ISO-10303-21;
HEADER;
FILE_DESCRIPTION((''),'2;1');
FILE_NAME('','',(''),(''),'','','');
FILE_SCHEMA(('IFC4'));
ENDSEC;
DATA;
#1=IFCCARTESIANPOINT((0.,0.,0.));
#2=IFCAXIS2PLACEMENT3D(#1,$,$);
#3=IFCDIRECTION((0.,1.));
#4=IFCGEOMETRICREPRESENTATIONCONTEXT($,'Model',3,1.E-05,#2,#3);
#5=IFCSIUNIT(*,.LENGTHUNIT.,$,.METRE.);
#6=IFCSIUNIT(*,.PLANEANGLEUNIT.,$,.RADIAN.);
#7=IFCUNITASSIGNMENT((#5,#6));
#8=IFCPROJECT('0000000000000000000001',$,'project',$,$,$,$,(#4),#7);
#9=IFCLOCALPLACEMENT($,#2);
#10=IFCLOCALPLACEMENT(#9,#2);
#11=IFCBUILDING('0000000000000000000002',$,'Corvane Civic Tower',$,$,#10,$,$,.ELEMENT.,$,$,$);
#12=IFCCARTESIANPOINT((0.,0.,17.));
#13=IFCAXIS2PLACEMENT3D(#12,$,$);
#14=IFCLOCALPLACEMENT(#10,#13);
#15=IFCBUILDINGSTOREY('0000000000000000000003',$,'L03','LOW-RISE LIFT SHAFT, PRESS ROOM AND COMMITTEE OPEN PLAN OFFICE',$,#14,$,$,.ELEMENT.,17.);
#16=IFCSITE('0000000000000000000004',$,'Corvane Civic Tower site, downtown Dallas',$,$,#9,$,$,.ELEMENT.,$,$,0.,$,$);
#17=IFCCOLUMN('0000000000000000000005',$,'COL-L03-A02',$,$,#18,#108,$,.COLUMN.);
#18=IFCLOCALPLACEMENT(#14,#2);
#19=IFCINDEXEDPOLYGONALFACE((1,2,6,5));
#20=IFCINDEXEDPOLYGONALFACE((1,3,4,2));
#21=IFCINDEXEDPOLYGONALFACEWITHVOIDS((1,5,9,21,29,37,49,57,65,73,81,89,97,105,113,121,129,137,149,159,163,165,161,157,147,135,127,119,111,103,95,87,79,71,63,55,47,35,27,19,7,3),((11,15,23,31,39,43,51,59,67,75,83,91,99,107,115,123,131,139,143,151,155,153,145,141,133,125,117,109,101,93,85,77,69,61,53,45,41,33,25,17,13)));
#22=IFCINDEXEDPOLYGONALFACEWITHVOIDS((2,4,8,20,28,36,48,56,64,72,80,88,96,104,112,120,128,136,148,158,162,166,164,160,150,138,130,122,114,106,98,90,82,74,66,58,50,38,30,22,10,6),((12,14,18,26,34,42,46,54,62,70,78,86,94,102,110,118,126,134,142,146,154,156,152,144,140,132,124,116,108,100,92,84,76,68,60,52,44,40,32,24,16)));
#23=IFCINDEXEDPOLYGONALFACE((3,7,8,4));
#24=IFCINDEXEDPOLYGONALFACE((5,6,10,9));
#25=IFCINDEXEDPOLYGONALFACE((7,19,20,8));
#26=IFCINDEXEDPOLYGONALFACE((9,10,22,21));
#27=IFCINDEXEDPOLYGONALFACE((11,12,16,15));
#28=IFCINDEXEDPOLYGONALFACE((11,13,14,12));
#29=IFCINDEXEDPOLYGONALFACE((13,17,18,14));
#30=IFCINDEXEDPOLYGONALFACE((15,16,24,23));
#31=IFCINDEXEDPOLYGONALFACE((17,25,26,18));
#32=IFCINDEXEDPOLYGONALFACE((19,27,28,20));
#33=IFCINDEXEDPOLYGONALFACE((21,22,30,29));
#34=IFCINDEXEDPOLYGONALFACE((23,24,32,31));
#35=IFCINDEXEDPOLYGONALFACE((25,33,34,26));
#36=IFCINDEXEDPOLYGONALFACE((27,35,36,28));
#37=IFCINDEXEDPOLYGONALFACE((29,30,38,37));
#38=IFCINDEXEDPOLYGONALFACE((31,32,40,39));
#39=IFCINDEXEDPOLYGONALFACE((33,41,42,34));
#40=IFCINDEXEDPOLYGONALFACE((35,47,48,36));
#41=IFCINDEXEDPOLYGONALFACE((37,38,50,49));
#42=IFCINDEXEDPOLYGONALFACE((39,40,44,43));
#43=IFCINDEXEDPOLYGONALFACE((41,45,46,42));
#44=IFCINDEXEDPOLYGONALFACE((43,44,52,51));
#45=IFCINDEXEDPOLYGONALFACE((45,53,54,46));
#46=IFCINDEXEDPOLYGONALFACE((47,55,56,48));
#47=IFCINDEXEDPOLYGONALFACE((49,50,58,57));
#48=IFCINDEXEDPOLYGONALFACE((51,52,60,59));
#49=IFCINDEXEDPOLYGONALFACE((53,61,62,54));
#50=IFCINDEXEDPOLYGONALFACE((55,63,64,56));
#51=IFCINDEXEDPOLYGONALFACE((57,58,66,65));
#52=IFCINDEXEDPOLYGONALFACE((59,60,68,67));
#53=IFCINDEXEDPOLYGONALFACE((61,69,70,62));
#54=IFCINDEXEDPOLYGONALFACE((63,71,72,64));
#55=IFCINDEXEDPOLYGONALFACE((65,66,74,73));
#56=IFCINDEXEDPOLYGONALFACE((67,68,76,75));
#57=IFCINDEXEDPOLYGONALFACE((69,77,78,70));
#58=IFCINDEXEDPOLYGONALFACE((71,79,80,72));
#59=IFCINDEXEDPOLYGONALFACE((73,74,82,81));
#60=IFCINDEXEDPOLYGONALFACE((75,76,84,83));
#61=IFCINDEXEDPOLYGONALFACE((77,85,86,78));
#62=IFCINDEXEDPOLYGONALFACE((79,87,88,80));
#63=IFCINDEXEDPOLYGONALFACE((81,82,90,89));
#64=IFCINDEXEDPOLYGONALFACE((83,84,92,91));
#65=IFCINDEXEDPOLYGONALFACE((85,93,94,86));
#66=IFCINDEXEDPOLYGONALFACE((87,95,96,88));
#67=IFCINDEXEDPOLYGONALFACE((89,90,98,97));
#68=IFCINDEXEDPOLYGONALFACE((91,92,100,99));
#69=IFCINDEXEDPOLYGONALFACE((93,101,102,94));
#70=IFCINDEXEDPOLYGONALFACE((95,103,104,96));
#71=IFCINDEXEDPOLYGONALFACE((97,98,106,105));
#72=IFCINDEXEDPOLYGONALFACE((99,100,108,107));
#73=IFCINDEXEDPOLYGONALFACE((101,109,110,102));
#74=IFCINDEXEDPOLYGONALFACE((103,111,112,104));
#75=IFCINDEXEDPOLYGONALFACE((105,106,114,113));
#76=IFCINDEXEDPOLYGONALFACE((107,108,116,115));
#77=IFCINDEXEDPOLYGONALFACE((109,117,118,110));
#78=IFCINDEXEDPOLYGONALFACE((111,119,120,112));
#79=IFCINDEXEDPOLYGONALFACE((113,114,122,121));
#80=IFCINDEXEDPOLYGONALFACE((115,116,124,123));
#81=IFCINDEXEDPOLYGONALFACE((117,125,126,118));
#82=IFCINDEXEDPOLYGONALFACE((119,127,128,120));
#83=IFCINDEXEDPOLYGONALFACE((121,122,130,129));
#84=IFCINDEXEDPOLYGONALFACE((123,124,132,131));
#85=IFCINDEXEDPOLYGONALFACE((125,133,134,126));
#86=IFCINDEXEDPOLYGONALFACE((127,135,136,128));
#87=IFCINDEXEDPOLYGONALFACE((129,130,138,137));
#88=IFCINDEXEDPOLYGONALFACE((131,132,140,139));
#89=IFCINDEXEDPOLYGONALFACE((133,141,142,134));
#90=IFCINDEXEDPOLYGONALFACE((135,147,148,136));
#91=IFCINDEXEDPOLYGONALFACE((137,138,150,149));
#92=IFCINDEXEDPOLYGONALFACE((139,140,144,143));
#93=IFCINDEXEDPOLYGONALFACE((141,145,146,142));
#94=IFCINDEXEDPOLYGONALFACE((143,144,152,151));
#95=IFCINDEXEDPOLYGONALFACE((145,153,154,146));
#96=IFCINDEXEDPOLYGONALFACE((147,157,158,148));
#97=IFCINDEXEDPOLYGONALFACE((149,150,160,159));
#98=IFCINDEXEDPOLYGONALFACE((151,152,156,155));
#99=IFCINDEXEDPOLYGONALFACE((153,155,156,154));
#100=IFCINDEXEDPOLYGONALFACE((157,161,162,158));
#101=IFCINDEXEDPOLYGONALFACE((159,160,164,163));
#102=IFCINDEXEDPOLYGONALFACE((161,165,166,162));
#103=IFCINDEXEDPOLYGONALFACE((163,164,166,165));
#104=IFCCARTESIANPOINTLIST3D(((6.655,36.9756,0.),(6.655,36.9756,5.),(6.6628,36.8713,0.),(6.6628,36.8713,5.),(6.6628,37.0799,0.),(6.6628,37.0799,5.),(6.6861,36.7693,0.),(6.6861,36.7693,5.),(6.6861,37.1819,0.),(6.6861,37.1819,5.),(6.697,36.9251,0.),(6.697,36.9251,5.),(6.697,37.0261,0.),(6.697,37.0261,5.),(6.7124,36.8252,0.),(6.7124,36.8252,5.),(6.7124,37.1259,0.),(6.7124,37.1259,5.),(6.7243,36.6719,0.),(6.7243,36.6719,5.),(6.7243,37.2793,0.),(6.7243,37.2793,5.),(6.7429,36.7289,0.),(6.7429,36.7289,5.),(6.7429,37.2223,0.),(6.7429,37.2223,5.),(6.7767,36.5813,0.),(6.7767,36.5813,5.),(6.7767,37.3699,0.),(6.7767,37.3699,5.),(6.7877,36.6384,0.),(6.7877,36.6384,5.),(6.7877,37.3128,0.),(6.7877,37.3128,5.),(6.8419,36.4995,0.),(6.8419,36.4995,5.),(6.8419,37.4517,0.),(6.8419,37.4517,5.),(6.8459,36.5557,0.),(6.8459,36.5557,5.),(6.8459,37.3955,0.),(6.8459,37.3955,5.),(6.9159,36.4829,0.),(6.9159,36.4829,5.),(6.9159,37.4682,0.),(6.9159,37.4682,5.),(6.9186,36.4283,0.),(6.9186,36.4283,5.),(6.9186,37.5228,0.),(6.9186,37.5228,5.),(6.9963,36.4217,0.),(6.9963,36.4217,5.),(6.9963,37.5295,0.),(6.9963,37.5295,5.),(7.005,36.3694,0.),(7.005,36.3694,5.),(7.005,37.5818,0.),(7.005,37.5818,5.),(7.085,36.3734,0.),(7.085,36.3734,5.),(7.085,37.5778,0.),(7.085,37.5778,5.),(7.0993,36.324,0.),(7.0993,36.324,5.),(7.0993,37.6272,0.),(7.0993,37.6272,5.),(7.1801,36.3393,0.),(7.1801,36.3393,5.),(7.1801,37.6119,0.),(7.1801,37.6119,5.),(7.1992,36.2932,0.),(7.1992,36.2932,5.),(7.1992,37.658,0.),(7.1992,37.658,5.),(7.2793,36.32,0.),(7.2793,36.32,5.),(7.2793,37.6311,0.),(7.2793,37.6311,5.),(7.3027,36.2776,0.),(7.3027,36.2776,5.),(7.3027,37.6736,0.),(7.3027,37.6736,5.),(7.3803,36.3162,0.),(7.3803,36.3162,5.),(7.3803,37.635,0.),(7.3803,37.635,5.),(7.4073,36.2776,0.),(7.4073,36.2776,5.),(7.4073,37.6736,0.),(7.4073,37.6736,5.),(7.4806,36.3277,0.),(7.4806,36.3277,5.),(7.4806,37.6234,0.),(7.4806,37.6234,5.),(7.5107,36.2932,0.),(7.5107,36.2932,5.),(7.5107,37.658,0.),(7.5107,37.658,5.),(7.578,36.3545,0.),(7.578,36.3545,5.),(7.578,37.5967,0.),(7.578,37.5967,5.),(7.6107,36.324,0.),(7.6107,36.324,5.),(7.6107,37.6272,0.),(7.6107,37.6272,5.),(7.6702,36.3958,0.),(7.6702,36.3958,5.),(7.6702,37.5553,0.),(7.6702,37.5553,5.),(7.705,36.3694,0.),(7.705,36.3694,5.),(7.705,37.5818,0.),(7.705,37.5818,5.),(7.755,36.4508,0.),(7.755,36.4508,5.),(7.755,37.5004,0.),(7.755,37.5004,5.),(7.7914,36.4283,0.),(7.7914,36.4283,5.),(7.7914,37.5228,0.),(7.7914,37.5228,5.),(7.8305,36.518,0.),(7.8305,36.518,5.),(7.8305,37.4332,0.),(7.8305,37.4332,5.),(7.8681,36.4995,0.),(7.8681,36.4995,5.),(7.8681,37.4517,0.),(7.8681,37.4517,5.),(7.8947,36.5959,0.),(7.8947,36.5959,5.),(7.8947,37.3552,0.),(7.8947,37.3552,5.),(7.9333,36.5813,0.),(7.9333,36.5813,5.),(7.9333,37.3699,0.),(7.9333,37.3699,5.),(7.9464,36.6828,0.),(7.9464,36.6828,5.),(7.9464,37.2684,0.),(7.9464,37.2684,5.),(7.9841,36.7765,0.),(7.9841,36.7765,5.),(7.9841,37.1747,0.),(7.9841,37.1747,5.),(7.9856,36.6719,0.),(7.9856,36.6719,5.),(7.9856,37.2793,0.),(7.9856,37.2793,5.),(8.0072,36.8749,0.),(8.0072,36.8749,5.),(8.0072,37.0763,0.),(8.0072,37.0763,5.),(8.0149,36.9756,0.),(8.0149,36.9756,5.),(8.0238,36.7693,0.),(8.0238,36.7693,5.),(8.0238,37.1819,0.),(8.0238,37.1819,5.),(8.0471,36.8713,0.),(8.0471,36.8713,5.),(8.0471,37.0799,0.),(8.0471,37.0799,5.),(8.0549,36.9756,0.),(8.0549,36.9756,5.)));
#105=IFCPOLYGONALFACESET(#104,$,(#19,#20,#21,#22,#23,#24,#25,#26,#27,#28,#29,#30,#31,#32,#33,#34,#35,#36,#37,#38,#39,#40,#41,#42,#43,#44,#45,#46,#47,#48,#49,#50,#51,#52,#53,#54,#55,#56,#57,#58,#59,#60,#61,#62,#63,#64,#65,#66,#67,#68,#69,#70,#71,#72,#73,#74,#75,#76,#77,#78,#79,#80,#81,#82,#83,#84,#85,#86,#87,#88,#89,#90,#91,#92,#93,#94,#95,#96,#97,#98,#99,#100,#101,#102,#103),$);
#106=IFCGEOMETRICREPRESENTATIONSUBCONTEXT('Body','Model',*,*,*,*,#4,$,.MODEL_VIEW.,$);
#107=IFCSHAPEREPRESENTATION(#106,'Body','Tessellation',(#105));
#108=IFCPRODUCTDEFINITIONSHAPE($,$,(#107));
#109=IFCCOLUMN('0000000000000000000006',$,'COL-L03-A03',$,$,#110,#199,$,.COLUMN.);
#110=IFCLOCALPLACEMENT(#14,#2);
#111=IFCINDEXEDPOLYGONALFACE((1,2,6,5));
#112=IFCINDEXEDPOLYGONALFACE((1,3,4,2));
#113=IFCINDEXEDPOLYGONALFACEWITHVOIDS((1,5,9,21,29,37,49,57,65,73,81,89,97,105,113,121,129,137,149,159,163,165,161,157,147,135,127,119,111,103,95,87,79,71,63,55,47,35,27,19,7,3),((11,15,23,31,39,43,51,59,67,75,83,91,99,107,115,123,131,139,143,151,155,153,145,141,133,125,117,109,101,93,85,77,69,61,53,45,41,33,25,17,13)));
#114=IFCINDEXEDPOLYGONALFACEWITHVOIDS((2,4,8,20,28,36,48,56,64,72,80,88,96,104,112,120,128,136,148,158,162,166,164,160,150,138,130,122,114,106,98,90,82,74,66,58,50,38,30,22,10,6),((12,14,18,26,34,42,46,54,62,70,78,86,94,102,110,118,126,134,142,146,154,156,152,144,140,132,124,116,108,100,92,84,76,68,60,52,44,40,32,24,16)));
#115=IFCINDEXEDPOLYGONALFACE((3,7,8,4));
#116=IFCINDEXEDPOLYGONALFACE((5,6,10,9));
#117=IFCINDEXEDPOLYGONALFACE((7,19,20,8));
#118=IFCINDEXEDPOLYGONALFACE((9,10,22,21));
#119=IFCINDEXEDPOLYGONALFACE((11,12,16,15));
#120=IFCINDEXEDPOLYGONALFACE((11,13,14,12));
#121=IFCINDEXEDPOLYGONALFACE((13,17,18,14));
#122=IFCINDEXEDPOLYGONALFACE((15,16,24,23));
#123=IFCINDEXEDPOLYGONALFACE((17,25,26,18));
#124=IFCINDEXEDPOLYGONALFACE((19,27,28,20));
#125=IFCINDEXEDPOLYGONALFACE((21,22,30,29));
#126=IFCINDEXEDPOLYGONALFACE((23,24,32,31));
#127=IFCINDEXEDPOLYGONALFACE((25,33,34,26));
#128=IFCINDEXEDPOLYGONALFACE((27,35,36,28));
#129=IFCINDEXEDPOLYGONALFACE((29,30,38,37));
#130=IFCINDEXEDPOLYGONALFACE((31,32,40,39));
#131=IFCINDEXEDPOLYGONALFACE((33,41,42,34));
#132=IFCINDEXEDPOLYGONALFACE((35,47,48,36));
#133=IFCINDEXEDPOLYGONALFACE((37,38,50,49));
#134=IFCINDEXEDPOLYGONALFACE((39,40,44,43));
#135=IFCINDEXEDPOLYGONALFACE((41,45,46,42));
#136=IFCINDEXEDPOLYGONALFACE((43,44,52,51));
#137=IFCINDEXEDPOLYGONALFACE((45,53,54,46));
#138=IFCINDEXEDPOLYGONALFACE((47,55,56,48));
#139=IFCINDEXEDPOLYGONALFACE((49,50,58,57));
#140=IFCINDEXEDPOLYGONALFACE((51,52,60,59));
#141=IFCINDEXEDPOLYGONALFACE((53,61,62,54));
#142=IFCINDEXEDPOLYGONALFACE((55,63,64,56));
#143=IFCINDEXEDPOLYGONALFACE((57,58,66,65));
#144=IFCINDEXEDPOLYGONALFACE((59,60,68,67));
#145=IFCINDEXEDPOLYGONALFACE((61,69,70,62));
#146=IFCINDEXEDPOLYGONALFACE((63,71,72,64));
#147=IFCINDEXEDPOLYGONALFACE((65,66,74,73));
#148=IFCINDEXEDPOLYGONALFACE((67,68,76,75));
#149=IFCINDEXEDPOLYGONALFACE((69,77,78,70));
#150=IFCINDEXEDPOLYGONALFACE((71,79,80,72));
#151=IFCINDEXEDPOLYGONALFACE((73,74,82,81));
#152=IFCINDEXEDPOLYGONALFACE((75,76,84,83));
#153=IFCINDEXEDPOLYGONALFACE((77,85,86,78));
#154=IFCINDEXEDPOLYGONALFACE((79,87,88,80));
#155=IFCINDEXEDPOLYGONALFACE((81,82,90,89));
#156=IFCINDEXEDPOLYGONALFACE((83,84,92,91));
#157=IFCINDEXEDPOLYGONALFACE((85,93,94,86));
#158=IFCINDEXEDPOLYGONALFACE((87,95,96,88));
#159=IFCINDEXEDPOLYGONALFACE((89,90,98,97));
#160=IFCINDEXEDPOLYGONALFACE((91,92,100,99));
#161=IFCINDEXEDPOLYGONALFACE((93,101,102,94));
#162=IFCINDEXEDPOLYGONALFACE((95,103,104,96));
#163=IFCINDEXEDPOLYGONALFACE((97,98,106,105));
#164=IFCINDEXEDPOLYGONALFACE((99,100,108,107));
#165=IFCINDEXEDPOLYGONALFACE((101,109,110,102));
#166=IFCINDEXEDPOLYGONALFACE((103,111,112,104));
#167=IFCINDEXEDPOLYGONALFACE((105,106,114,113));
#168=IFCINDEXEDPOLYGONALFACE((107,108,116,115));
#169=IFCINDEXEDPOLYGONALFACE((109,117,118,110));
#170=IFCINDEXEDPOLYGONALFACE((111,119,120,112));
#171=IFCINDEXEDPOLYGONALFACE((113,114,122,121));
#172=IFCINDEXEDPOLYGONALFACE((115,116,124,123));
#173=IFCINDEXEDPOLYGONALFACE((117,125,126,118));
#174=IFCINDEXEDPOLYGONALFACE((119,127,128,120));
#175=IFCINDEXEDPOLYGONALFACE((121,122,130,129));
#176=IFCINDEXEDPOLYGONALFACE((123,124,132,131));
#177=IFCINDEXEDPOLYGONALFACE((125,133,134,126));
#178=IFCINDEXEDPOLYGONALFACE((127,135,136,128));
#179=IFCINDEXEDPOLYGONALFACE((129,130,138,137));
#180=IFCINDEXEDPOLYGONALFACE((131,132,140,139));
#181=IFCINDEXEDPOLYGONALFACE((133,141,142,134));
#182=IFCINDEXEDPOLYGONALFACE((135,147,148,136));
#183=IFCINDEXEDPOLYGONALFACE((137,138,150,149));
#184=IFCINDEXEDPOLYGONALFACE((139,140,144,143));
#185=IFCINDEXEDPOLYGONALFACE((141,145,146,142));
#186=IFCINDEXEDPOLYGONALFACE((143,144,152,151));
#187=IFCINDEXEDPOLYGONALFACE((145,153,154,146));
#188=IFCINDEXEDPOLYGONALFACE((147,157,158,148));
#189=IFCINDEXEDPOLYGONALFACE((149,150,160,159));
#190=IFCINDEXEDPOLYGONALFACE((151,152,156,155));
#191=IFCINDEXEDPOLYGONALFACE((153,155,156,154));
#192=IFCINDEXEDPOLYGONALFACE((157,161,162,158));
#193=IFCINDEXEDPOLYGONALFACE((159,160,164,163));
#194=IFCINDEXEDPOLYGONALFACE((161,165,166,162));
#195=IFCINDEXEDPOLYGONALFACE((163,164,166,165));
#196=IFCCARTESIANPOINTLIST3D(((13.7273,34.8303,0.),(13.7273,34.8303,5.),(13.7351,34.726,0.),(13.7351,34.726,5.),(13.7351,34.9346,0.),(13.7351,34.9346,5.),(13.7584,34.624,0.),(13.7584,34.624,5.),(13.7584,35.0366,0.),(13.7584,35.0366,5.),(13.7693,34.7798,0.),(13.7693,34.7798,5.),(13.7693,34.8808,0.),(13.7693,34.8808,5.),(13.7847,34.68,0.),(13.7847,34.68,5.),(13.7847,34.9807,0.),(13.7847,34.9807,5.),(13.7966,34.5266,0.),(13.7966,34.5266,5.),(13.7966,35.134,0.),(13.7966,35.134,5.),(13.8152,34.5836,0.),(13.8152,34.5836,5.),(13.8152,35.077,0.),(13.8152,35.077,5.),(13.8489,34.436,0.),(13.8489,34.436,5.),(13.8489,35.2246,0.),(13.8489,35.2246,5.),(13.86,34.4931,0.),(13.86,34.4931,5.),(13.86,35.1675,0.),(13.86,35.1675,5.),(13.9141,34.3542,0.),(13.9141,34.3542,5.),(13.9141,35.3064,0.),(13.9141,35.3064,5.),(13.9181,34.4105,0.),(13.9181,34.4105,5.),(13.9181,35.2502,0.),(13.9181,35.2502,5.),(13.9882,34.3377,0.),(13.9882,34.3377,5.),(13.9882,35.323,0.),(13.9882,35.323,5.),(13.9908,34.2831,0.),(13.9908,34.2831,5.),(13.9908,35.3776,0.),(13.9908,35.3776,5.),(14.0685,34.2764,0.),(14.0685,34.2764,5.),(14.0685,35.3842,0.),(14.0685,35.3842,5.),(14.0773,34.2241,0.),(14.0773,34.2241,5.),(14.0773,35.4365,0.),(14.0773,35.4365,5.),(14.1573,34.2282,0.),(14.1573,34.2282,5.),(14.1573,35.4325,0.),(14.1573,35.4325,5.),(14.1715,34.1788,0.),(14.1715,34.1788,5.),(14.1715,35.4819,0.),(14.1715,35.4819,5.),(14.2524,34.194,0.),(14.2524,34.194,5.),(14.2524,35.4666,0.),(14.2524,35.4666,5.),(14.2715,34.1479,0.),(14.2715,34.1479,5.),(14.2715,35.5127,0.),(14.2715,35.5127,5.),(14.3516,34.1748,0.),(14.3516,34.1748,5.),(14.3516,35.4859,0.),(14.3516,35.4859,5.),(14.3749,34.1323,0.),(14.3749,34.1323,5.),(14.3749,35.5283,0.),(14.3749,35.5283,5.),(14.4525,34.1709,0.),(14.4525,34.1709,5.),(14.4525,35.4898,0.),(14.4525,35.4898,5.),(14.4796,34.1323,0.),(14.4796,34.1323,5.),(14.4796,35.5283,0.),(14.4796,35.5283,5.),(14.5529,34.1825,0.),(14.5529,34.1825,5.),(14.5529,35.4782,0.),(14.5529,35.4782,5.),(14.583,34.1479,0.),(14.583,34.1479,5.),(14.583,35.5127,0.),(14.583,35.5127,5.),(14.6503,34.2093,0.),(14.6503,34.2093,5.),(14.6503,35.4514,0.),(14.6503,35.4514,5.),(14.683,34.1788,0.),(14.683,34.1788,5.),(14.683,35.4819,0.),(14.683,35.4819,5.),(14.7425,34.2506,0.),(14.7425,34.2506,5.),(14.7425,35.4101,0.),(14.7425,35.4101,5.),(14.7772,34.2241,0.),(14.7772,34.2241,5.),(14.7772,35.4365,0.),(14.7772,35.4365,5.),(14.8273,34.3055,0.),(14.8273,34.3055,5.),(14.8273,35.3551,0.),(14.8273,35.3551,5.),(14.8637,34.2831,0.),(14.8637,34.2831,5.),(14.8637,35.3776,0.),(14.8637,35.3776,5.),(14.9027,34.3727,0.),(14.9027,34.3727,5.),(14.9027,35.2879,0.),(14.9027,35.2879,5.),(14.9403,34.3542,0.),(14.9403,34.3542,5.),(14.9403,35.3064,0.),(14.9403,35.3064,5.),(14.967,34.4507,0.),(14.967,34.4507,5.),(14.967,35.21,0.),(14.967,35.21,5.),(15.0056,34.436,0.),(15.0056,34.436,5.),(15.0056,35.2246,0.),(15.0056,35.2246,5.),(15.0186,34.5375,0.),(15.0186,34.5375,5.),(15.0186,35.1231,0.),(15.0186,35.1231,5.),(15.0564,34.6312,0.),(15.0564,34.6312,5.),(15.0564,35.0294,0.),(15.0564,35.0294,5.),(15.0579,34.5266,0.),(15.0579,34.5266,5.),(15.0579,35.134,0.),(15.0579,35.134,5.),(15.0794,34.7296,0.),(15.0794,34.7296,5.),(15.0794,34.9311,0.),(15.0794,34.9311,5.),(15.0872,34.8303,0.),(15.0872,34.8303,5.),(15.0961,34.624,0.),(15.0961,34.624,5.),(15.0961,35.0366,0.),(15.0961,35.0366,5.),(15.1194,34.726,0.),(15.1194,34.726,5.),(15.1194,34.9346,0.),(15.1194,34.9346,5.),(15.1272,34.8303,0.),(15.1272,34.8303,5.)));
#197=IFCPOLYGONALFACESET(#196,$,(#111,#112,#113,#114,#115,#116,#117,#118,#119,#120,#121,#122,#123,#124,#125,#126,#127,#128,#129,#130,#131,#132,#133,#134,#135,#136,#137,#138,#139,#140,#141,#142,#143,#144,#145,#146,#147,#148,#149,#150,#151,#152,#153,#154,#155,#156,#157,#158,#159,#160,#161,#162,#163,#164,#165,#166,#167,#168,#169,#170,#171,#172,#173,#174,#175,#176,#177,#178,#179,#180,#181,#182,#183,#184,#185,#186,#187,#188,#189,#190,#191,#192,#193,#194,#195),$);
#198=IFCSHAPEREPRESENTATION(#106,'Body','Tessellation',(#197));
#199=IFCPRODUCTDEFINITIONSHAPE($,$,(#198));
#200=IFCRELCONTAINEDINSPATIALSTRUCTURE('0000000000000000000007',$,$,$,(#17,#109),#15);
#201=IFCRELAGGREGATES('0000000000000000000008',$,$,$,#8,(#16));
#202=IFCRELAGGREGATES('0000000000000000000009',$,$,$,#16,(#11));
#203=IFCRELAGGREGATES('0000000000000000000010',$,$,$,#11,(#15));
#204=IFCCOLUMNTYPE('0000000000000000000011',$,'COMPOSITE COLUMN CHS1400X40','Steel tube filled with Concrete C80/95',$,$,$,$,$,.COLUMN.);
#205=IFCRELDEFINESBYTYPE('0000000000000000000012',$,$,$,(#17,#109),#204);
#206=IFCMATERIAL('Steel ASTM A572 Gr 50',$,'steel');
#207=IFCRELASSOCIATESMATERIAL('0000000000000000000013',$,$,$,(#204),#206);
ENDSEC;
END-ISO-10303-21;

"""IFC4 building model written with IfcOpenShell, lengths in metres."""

from ifc_helpers import new_model, si_unit, direction, frame, origin, origin_2d, place, context, subcontext, project, spatial, hollow_circle, extrude, material, material_profile, profile_set, type_object, element, save


model = new_model("IFC4")

# Units and contexts
model_context = context("Model", 3, precision=1e-05, world=origin(), true_north=direction((0.0, 1.0)))
body_context = subcontext(model_context, "Body", "Model", "MODEL_VIEW")
ifc_project = project(units=[si_unit("LENGTHUNIT", "METRE"), si_unit("PLANEANGLEUNIT", "RADIAN")], contexts=[model_context])

# Site, building, storey
site_placement = place(None, origin())
site = spatial("IfcSite", under=ifc_project, at=site_placement, Name="Corvane Civic Tower site, downtown Dallas", CompositionType="ELEMENT", RefElevation=0.0)
building_placement = place(site_placement, origin())
building = spatial("IfcBuilding", under=site, at=building_placement, Name="Corvane Civic Tower", CompositionType="ELEMENT")
storey_placement = place(building_placement, frame((0.0, 0.0, 17.0)))
storey = spatial("IfcBuildingStorey", under=building, at=storey_placement, Name="L03", Description="LOW-RISE LIFT SHAFT, PRESS ROOM AND COMMITTEE OPEN PLAN OFFICE", CompositionType="ELEMENT", Elevation=17.0)

# Columns
ifc_material_1 = material(Name="Steel ASTM A572 Gr 50", Category="steel")
ifc_material_profile_1 = material_profile(ifc_material_1, hollow_circle(Radius=0.7, WallThickness=0.04, at=origin_2d()), Name="CHS1400X40")
ifc_profile_set_1 = profile_set([ifc_material_profile_1], Name="Steel ASTM A572 Gr 50")
column_type_1 = type_object("IfcColumnType", Name="COMPOSITE COLUMN CHS1400X40", Description="Steel tube filled with Concrete C80/95", PredefinedType="COLUMN", material=ifc_profile_set_1)
for number, where, z_axis, x_axis, name in (
    (1, (7.355, 36.9756, 0.0), (0.0, 0.0, 1.0), (1.0, 0.0, 0.0), "COL-L03-A02"),
    (2, (14.4272, 34.8303, 0.0), (0.0, 0.0, 1.0), (1.0, 0.0, 0.0), "COL-L03-A03"),
):
    element("IfcColumn", number, at=place(storey_placement, frame(where, z_axis=z_axis, x_axis=x_axis)), inside=storey, type_object=column_type_1, Name=name, PredefinedType="COLUMN", context=body_context, shape_type="SweptSolid", body=[
        extrude(hollow_circle(Radius=0.7, WallThickness=0.04, at=origin_2d()), origin(), (0.0, 0.0, 1.0), 5.0),
    ])

save(model, "model.ifc")
